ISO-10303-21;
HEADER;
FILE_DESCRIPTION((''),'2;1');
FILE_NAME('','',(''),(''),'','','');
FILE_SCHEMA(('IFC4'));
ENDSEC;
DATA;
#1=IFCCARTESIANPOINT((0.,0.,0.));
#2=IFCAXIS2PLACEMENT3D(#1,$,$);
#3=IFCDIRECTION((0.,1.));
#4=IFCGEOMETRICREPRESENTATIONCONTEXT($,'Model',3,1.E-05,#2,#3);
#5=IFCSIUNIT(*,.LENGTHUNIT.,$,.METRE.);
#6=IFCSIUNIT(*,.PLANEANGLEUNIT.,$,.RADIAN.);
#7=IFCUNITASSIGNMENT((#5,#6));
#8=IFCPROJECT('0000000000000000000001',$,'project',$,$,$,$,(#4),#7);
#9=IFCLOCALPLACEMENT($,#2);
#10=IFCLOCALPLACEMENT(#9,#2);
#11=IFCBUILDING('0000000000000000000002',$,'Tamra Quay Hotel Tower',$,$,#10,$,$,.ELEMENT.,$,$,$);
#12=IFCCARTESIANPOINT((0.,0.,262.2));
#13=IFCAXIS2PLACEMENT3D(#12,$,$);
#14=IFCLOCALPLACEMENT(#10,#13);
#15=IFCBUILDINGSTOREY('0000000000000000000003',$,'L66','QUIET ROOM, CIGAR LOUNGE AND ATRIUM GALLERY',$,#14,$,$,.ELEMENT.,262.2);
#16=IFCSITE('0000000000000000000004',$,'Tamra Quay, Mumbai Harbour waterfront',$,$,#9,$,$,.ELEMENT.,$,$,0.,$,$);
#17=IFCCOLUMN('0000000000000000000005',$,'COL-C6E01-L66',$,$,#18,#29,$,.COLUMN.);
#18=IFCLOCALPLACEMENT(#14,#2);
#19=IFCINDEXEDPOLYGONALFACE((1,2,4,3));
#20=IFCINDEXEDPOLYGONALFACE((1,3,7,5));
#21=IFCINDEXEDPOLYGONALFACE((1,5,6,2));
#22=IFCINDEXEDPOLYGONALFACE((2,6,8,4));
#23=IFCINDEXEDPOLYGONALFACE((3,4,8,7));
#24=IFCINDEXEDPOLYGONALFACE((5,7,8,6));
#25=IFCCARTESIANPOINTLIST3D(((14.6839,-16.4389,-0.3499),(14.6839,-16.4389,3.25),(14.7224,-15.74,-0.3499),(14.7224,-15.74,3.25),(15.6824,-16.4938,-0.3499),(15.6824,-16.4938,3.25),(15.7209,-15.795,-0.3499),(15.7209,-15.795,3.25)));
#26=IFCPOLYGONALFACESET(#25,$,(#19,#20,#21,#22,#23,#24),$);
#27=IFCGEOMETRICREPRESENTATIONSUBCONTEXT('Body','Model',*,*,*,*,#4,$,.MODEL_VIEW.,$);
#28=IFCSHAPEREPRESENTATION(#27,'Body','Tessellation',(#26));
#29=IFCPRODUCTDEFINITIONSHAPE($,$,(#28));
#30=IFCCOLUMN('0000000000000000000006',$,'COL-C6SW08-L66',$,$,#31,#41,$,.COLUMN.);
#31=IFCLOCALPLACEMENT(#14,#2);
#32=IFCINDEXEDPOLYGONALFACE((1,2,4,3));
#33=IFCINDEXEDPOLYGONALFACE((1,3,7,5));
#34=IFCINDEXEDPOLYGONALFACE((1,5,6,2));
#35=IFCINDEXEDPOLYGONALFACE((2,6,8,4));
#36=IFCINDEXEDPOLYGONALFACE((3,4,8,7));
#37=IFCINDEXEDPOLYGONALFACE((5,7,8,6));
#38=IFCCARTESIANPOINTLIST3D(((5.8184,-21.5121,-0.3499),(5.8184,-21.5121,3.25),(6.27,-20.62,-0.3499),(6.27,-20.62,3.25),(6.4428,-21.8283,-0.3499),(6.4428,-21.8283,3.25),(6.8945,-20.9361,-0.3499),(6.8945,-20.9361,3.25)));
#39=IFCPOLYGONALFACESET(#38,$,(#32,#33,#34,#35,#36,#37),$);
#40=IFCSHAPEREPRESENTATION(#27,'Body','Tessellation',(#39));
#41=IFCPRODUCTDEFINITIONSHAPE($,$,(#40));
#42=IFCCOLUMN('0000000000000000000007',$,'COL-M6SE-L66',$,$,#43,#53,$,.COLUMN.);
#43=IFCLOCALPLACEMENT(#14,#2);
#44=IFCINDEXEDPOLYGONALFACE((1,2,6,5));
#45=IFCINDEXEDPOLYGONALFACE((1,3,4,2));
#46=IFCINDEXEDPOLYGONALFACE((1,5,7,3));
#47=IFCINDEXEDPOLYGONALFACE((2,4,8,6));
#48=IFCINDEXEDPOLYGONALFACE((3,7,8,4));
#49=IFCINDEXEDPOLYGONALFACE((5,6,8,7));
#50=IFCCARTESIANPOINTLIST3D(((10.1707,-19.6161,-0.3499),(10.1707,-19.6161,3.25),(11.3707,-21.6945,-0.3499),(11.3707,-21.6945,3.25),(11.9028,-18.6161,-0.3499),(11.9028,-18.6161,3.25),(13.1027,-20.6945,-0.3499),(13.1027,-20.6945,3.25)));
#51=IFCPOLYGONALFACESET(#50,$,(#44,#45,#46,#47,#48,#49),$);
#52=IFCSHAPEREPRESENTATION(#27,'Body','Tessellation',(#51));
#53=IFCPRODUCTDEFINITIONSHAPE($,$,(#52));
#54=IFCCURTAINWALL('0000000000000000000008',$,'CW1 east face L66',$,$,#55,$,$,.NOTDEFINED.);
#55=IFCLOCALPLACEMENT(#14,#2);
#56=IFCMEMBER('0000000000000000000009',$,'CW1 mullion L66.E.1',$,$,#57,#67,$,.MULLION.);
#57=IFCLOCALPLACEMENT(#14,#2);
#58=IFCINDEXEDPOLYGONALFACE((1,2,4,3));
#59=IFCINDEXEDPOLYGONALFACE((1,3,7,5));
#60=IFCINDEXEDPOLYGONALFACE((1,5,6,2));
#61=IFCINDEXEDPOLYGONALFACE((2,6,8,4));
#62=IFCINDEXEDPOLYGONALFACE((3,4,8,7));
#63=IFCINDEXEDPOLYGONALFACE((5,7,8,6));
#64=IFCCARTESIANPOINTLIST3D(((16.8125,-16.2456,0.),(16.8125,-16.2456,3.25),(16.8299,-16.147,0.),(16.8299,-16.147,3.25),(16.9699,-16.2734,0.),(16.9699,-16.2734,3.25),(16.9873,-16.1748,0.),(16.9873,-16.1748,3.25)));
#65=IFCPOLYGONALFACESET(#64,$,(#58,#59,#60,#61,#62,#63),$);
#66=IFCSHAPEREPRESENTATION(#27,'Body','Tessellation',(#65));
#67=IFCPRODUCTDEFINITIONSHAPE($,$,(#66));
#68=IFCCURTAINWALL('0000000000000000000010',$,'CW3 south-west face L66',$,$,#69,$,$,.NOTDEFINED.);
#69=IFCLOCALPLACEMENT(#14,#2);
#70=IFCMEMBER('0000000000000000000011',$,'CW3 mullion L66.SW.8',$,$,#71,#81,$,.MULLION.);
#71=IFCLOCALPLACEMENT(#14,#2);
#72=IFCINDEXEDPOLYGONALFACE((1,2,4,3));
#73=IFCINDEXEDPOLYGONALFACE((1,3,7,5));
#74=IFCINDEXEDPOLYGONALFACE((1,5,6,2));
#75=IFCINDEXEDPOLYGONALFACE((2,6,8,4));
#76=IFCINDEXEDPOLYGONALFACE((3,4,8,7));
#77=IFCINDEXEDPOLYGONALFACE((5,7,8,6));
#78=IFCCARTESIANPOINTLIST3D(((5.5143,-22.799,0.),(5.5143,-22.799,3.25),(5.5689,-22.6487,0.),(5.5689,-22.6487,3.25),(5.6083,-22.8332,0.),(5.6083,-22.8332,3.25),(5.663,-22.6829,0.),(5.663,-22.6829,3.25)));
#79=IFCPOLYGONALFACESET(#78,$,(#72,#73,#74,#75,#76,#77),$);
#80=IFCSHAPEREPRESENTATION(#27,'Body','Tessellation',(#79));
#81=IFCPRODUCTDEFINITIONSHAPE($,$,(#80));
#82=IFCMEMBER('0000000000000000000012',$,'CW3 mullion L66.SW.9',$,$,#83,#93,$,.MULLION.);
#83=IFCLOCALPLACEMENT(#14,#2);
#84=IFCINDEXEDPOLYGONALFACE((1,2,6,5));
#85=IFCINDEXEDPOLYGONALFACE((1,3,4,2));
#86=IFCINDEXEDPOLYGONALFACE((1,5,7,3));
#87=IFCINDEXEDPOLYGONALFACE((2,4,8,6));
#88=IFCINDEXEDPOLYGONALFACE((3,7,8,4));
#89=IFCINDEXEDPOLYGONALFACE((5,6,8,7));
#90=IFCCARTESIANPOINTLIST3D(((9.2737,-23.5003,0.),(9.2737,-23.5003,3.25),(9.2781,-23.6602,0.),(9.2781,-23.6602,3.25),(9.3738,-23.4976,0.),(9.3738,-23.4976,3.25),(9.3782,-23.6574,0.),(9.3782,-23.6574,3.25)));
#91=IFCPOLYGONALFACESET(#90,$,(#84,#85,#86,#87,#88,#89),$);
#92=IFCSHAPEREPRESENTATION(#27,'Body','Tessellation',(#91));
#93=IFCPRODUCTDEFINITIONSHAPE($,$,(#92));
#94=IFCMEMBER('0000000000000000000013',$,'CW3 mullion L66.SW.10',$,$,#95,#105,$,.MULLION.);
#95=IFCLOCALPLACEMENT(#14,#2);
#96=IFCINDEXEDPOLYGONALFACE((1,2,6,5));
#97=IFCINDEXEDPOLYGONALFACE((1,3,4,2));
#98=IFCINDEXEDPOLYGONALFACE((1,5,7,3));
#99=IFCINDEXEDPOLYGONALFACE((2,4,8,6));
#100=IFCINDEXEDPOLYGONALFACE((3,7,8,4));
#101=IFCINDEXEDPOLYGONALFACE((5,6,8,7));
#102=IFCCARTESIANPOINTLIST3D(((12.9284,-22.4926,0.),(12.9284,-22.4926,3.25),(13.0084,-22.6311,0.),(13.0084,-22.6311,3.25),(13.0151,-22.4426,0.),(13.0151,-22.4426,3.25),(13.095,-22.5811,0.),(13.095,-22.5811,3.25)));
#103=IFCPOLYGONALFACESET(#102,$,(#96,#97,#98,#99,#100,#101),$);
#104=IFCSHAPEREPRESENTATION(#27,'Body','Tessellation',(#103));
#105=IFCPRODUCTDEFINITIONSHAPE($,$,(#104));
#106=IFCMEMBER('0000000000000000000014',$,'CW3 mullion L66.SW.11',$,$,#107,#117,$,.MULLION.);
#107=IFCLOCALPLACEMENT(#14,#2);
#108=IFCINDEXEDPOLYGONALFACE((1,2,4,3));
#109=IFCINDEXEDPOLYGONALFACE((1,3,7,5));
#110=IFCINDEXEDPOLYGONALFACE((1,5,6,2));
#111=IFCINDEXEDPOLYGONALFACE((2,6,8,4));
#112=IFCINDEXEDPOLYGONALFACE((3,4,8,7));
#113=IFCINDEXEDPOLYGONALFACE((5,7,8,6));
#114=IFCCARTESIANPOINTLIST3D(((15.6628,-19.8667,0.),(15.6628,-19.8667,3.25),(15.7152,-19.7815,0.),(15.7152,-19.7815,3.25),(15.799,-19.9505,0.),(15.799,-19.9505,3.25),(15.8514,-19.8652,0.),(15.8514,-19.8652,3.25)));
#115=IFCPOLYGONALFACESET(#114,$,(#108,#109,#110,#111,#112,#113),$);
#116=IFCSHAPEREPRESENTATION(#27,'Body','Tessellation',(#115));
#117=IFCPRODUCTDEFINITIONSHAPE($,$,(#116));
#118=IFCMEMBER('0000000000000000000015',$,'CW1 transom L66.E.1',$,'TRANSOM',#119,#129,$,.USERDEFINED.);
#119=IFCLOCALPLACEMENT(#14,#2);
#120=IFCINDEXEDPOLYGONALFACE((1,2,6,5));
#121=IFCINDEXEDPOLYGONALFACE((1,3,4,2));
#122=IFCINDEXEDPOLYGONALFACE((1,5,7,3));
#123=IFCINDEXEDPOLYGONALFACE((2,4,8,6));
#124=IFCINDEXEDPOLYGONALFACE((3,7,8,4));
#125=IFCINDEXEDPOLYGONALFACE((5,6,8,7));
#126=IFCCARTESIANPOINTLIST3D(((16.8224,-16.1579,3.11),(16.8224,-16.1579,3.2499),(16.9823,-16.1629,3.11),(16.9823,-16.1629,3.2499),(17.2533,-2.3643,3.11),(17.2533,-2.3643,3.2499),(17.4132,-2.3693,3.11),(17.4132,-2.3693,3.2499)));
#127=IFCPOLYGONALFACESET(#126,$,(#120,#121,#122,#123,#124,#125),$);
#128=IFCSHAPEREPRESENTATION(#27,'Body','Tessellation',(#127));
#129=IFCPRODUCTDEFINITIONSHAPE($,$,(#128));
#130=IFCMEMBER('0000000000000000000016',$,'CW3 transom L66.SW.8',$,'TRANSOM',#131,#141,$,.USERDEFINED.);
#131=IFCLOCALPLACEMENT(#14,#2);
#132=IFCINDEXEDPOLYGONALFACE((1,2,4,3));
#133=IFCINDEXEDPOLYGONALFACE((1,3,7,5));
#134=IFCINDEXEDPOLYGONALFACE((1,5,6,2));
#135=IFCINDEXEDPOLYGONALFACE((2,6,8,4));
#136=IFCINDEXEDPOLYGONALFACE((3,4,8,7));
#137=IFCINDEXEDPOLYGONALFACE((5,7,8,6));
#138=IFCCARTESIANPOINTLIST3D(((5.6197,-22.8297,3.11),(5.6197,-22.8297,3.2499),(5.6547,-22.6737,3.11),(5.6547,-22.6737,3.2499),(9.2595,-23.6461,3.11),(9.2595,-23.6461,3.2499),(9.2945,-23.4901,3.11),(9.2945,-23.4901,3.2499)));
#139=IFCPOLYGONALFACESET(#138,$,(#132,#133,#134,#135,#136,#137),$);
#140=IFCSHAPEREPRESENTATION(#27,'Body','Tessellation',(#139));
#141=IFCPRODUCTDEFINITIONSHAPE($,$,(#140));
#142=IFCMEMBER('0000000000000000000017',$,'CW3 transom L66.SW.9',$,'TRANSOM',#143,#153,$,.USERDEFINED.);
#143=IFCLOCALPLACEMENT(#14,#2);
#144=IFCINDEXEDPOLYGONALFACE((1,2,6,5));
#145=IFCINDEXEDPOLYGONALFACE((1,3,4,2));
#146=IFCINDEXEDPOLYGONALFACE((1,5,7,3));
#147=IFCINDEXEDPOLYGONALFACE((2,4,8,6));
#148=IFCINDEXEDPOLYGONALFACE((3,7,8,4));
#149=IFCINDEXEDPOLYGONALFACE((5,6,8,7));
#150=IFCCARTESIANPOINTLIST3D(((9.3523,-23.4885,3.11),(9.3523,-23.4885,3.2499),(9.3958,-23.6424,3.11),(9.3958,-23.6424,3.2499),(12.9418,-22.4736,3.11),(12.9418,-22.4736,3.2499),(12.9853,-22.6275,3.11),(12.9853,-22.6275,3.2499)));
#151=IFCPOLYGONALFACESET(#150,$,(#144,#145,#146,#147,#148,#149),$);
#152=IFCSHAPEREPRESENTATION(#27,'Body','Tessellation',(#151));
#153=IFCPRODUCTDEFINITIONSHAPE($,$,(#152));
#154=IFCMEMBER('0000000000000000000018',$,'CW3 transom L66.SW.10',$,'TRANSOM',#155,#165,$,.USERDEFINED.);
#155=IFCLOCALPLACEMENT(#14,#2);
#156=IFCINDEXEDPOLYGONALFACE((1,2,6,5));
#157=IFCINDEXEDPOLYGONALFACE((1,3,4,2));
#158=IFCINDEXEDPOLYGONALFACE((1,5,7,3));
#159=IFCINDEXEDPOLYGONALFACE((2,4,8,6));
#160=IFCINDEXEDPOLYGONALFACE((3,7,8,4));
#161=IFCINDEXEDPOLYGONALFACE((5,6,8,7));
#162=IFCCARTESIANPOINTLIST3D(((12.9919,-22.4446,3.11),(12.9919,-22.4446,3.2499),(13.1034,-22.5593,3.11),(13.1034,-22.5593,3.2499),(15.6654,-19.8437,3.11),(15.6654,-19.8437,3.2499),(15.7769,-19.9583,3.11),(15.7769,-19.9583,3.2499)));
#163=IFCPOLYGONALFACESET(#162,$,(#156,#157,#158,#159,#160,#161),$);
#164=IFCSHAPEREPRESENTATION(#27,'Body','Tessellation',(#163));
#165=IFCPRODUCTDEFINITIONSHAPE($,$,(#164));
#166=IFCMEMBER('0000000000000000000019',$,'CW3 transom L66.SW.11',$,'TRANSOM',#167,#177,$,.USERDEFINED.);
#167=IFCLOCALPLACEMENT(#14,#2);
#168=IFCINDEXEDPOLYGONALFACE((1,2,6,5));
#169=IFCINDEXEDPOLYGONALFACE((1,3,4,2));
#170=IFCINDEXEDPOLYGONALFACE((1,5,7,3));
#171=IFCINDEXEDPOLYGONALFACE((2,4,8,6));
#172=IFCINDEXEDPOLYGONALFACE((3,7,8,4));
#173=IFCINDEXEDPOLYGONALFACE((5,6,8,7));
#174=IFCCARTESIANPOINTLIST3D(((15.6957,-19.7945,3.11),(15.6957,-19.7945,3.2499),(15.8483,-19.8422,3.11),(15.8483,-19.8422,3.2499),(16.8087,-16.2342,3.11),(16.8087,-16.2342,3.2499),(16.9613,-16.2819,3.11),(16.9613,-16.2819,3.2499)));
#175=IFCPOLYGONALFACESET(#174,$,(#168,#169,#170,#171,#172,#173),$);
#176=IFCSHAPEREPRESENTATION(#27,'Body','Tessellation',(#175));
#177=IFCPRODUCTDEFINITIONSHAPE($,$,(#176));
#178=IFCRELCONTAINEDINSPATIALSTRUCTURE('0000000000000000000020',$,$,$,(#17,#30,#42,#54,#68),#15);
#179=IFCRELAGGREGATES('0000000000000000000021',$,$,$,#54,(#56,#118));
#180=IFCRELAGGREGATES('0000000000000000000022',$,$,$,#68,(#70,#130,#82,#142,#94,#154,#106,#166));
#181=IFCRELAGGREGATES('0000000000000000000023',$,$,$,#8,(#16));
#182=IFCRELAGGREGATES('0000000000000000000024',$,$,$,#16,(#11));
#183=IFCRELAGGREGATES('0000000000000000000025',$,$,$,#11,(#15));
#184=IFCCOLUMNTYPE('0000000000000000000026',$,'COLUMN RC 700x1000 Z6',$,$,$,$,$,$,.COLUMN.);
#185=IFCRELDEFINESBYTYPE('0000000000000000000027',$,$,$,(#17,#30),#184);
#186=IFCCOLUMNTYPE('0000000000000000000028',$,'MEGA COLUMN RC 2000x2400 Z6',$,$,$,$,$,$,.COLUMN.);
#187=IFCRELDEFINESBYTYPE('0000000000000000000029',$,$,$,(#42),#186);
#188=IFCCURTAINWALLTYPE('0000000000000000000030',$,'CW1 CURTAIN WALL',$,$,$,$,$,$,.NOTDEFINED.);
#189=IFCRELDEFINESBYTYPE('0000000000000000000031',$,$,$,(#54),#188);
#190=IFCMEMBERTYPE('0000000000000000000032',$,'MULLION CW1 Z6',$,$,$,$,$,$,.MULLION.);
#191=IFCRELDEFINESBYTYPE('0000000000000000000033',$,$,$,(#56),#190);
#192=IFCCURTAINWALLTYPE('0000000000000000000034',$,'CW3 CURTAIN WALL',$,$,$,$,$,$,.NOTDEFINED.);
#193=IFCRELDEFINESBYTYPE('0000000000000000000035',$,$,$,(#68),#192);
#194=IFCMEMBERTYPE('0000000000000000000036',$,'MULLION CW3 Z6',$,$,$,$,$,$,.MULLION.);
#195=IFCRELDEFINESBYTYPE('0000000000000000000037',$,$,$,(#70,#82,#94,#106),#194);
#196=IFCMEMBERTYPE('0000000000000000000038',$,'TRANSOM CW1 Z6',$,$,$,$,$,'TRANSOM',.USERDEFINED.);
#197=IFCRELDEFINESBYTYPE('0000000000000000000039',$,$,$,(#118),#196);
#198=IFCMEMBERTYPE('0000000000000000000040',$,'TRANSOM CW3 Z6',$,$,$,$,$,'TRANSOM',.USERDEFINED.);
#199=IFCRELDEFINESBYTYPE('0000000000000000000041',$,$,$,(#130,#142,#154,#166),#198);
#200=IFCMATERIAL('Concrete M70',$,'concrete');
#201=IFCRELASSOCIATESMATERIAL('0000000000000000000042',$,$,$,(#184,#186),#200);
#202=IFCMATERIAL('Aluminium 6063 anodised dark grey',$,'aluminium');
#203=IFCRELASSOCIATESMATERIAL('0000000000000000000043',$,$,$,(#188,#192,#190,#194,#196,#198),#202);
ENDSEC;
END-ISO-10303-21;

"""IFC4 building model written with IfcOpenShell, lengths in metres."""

from ifc_helpers import new_model, si_unit, direction, frame, origin, origin_2d, place, context, subcontext, project, spatial, rectangle, extrude, material, material_profile, profile_set, type_object, element, aggregate, save


model = new_model("IFC4")

# Units and contexts
model_context = context("Model", 3, precision=1e-05, world=origin(), true_north=direction((0.0, 1.0)))
body_context = subcontext(model_context, "Body", "Model", "MODEL_VIEW")
ifc_project = project(units=[si_unit("LENGTHUNIT", "METRE"), si_unit("PLANEANGLEUNIT", "RADIAN")], contexts=[model_context])

# Site, building, storey
site_placement = place(None, origin())
site = spatial("IfcSite", under=ifc_project, at=site_placement, Name="Tamra Quay, Mumbai Harbour waterfront", CompositionType="ELEMENT", RefElevation=0.0)
building_placement = place(site_placement, origin())
building = spatial("IfcBuilding", under=site, at=building_placement, Name="Tamra Quay Hotel Tower", CompositionType="ELEMENT")
storey_placement = place(building_placement, frame((0.0, 0.0, 262.2)))
storey = spatial("IfcBuildingStorey", under=building, at=storey_placement, Name="L66", Description="QUIET ROOM, CIGAR LOUNGE AND ATRIUM GALLERY", CompositionType="ELEMENT", Elevation=262.2)

# Columns
ifc_material_1 = material(Name="Concrete M70", Category="concrete")
ifc_material_profile_1 = material_profile(ifc_material_1, rectangle(XDim=1.0, YDim=0.7, at=origin_2d()), Name="COLUMN RC 700x1000 Z6")
ifc_profile_set_1 = profile_set([ifc_material_profile_1], Name="Concrete M70")
column_type_1 = type_object("IfcColumnType", Name="COLUMN RC 700x1000 Z6", PredefinedType="COLUMN", material=ifc_profile_set_1)
for number, where, z_axis, x_axis, name in (
    (1, (15.2024, -16.1169, -0.3499), (0.0, 0.0, 1.0), (-0.998491, 0.054917, 0.0), "COL-C6E01-L66"),
    (2, (6.3564, -21.2241, -0.3499), (0.0, 0.0, 1.0), (0.451686, 0.892177, 0.0), "COL-C6SW08-L66"),
):
    element("IfcColumn", number, at=place(storey_placement, frame(where, z_axis=z_axis, x_axis=x_axis)), inside=storey, type_object=column_type_1, Name=name, PredefinedType="COLUMN", context=body_context, shape_type="SweptSolid", body=[
        extrude(rectangle(XDim=1.0, YDim=0.7, at=origin_2d()), origin(), (0.0, 0.0, 1.0), 3.5999),
    ])
ifc_material_profile_2 = material_profile(ifc_material_1, rectangle(XDim=2.3999, YDim=2.0, at=origin_2d()), Name="MEGA COLUMN RC 2000x2400 Z6")
ifc_profile_set_2 = profile_set([ifc_material_profile_2], Name="Concrete M70")
column_type_2 = type_object("IfcColumnType", Name="MEGA COLUMN RC 2000x2400 Z6", PredefinedType="COLUMN", material=ifc_profile_set_2)
column_placement = place(storey_placement, frame((11.6367, -20.1553, -0.3499), z_axis=(0.0, 0.0, 1.0), x_axis=(-0.5, 0.866025, 0.0)))
element("IfcColumn", 3, at=column_placement, inside=storey, type_object=column_type_2, Name="COL-M6SE-L66", PredefinedType="COLUMN", context=body_context, shape_type="SweptSolid", body=[
    extrude(rectangle(XDim=2.3999, YDim=2.0, at=origin_2d()), origin(), (0.0, 0.0, 1.0), 3.5999),
])

# Curtain wall, member
ifc_material_2 = material(Name="Aluminium 6063 anodised dark grey", Category="aluminium")
curtain_wall_type_1 = type_object("IfcCurtainWallType", Name="CW1 CURTAIN WALL", PredefinedType="NOTDEFINED", material=ifc_material_2)
curtain_wall_1_placement = place(storey_placement, origin())
curtain_wall_1 = element("IfcCurtainWall", 4, at=curtain_wall_1_placement, inside=storey, type_object=curtain_wall_type_1, Name="CW1 east face L66", PredefinedType="NOTDEFINED")
ifc_material_profile_3 = material_profile(ifc_material_2, rectangle(XDim=0.1599, YDim=0.1001, at=origin_2d()), Name="MULLION 100X160")
ifc_profile_set_3 = profile_set([ifc_material_profile_3], Name="Aluminium 6063 anodised dark grey")
member_type_1 = type_object("IfcMemberType", Name="MULLION CW1 Z6", PredefinedType="MULLION", material=ifc_profile_set_3)
member_1_placement = place(storey_placement, frame((16.8999, -16.2102, 0.0), z_axis=(0.0, 0.0, 1.0), x_axis=(0.98474, -0.174032, 0.0)))
member_1 = element("IfcMember", 5, at=member_1_placement, type_object=member_type_1, Name="CW1 mullion L66.E.1", PredefinedType="MULLION", context=body_context, shape_type="SweptSolid", body=[
    extrude(rectangle(XDim=0.1599, YDim=0.1001, at=origin_2d()), origin(), (0.0, 0.0, 1.0), 3.25),
])

# Curtain wall, members
curtain_wall_type_2 = type_object("IfcCurtainWallType", Name="CW3 CURTAIN WALL", PredefinedType="NOTDEFINED", material=ifc_material_2)
curtain_wall_2_placement = place(storey_placement, origin())
curtain_wall_2 = element("IfcCurtainWall", 6, at=curtain_wall_2_placement, inside=storey, type_object=curtain_wall_type_2, Name="CW3 south-west face L66", PredefinedType="NOTDEFINED")
ifc_material_profile_4 = material_profile(ifc_material_2, rectangle(XDim=0.1599, YDim=0.1001, at=origin_2d()), Name="MULLION 100X160")
ifc_profile_set_4 = profile_set([ifc_material_profile_4], Name="Aluminium 6063 anodised dark grey")
member_type_2 = type_object("IfcMemberType", Name="MULLION CW3 Z6", PredefinedType="MULLION", material=ifc_profile_set_4)
member_2_placement = place(storey_placement, frame((5.5886, -22.741, 0.0), z_axis=(0.0, 0.0, 1.0), x_axis=(-0.341653, -0.939826, 0.0)))
member_2 = element("IfcMember", 7, at=member_2_placement, type_object=member_type_2, Name="CW3 mullion L66.SW.8", PredefinedType="MULLION", context=body_context, shape_type="SweptSolid", body=[
    extrude(rectangle(XDim=0.1599, YDim=0.1001, at=origin_2d()), origin(), (0.0, 0.0, 1.0), 3.25),
])
member_3_placement = place(storey_placement, frame((9.3259, -23.5789, 0.0), z_axis=(0.0, 0.0, 1.0), x_axis=(0.027469, -0.999623, 0.0)))
member_3 = element("IfcMember", 8, at=member_3_placement, type_object=member_type_2, Name="CW3 mullion L66.SW.9", PredefinedType="MULLION", context=body_context, shape_type="SweptSolid", body=[
    extrude(rectangle(XDim=0.1599, YDim=0.1001, at=origin_2d()), origin(), (0.0, 0.0, 1.0), 3.25),
])
member_4_placement = place(storey_placement, frame((13.0117, -22.5369, 0.0), z_axis=(0.0, 0.0, 1.0), x_axis=(0.5, -0.866025, 0.0)))
member_4 = element("IfcMember", 9, at=member_4_placement, type_object=member_type_2, Name="CW3 mullion L66.SW.10", PredefinedType="MULLION", context=body_context, shape_type="SweptSolid", body=[
    extrude(rectangle(XDim=0.1599, YDim=0.1001, at=origin_2d()), origin(), (0.0, 0.0, 1.0), 3.25),
])
member_5_placement = place(storey_placement, frame((15.7571, -19.866, 0.0), z_axis=(0.0, 0.0, 1.0), x_axis=(0.851964, -0.5236, 0.0)))
member_5 = element("IfcMember", 10, at=member_5_placement, type_object=member_type_2, Name="CW3 mullion L66.SW.11", PredefinedType="MULLION", context=body_context, shape_type="SweptSolid", body=[
    extrude(rectangle(XDim=0.1599, YDim=0.1001, at=origin_2d()), origin(), (0.0, 0.0, 1.0), 3.25),
])

# Members
ifc_material_profile_5 = material_profile(ifc_material_2, rectangle(XDim=0.1599, YDim=0.1399, at=origin_2d()), Name="TRANSOM 160X140")
ifc_profile_set_5 = profile_set([ifc_material_profile_5], Name="Aluminium 6063 anodised dark grey")
member_type_3 = type_object("IfcMemberType", Name="TRANSOM CW1 Z6", ElementType="TRANSOM", PredefinedType="USERDEFINED", material=ifc_profile_set_5)
member_6_placement = place(storey_placement, frame((16.9023, -16.1604, 3.1799), z_axis=(0.031225, 0.999512, 0.0), x_axis=(-0.999512, 0.031225, 0.0)))
member_6 = element("IfcMember", 11, at=member_6_placement, type_object=member_type_3, Name="CW1 transom L66.E.1", ObjectType="TRANSOM", PredefinedType="USERDEFINED", context=body_context, shape_type="SweptSolid", body=[
    extrude(rectangle(XDim=0.1599, YDim=0.1399, at=origin_2d()), origin(), (0.0, 0.0, 1.0), 13.8003),
])
aggregate(curtain_wall_1, [member_1, member_6])
ifc_material_profile_6 = material_profile(ifc_material_2, rectangle(XDim=0.1599, YDim=0.1399, at=origin_2d()), Name="TRANSOM 160X140")
ifc_profile_set_6 = profile_set([ifc_material_profile_6], Name="Aluminium 6063 anodised dark grey")
member_type_4 = type_object("IfcMemberType", Name="TRANSOM CW3 Z6", ElementType="TRANSOM", PredefinedType="USERDEFINED", material=ifc_profile_set_6)
member_7_placement = place(storey_placement, frame((5.6372, -22.7517, 3.1799), z_axis=(0.975757, -0.218857, 0.0), x_axis=(0.218857, 0.975757, 0.0)))
member_7 = element("IfcMember", 12, at=member_7_placement, type_object=member_type_4, Name="CW3 transom L66.SW.8", ObjectType="TRANSOM", PredefinedType="USERDEFINED", context=body_context, shape_type="SweptSolid", body=[
    extrude(rectangle(XDim=0.1599, YDim=0.1399, at=origin_2d()), origin(), (0.0, 0.0, 1.0), 3.7302),
])
member_8_placement = place(storey_placement, frame((9.374, -23.5654, 3.1799), z_axis=(0.962278, 0.272066, 0.0), x_axis=(-0.272066, 0.962278, 0.0)))
member_8 = element("IfcMember", 13, at=member_8_placement, type_object=member_type_4, Name="CW3 transom L66.SW.9", ObjectType="TRANSOM", PredefinedType="USERDEFINED", context=body_context, shape_type="SweptSolid", body=[
    extrude(rectangle(XDim=0.1599, YDim=0.1399, at=origin_2d()), origin(), (0.0, 0.0, 1.0), 3.7302),
])
member_9_placement = place(storey_placement, frame((13.0476, -22.502, 3.1799), z_axis=(0.71676, 0.69732, 0.0), x_axis=(-0.69732, 0.71676, 0.0)))
member_9 = element("IfcMember", 14, at=member_9_placement, type_object=member_type_4, Name="CW3 transom L66.SW.10", ObjectType="TRANSOM", PredefinedType="USERDEFINED", context=body_context, shape_type="SweptSolid", body=[
    extrude(rectangle(XDim=0.1599, YDim=0.1399, at=origin_2d()), origin(), (0.0, 0.0, 1.0), 3.73),
])
member_10_placement = place(storey_placement, frame((15.772, -19.8184, 3.1799), z_axis=(0.298383, 0.954446, 0.0), x_axis=(-0.954446, 0.298383, 0.0)))
member_10 = element("IfcMember", 15, at=member_10_placement, type_object=member_type_4, Name="CW3 transom L66.SW.11", ObjectType="TRANSOM", PredefinedType="USERDEFINED", context=body_context, shape_type="SweptSolid", body=[
    extrude(rectangle(XDim=0.1599, YDim=0.1399, at=origin_2d()), origin(), (0.0, 0.0, 1.0), 3.7302),
])

aggregate(curtain_wall_2, [member_2, member_7, member_3, member_8, member_4, member_9, member_5, member_10])

save(model, "model.ifc")
